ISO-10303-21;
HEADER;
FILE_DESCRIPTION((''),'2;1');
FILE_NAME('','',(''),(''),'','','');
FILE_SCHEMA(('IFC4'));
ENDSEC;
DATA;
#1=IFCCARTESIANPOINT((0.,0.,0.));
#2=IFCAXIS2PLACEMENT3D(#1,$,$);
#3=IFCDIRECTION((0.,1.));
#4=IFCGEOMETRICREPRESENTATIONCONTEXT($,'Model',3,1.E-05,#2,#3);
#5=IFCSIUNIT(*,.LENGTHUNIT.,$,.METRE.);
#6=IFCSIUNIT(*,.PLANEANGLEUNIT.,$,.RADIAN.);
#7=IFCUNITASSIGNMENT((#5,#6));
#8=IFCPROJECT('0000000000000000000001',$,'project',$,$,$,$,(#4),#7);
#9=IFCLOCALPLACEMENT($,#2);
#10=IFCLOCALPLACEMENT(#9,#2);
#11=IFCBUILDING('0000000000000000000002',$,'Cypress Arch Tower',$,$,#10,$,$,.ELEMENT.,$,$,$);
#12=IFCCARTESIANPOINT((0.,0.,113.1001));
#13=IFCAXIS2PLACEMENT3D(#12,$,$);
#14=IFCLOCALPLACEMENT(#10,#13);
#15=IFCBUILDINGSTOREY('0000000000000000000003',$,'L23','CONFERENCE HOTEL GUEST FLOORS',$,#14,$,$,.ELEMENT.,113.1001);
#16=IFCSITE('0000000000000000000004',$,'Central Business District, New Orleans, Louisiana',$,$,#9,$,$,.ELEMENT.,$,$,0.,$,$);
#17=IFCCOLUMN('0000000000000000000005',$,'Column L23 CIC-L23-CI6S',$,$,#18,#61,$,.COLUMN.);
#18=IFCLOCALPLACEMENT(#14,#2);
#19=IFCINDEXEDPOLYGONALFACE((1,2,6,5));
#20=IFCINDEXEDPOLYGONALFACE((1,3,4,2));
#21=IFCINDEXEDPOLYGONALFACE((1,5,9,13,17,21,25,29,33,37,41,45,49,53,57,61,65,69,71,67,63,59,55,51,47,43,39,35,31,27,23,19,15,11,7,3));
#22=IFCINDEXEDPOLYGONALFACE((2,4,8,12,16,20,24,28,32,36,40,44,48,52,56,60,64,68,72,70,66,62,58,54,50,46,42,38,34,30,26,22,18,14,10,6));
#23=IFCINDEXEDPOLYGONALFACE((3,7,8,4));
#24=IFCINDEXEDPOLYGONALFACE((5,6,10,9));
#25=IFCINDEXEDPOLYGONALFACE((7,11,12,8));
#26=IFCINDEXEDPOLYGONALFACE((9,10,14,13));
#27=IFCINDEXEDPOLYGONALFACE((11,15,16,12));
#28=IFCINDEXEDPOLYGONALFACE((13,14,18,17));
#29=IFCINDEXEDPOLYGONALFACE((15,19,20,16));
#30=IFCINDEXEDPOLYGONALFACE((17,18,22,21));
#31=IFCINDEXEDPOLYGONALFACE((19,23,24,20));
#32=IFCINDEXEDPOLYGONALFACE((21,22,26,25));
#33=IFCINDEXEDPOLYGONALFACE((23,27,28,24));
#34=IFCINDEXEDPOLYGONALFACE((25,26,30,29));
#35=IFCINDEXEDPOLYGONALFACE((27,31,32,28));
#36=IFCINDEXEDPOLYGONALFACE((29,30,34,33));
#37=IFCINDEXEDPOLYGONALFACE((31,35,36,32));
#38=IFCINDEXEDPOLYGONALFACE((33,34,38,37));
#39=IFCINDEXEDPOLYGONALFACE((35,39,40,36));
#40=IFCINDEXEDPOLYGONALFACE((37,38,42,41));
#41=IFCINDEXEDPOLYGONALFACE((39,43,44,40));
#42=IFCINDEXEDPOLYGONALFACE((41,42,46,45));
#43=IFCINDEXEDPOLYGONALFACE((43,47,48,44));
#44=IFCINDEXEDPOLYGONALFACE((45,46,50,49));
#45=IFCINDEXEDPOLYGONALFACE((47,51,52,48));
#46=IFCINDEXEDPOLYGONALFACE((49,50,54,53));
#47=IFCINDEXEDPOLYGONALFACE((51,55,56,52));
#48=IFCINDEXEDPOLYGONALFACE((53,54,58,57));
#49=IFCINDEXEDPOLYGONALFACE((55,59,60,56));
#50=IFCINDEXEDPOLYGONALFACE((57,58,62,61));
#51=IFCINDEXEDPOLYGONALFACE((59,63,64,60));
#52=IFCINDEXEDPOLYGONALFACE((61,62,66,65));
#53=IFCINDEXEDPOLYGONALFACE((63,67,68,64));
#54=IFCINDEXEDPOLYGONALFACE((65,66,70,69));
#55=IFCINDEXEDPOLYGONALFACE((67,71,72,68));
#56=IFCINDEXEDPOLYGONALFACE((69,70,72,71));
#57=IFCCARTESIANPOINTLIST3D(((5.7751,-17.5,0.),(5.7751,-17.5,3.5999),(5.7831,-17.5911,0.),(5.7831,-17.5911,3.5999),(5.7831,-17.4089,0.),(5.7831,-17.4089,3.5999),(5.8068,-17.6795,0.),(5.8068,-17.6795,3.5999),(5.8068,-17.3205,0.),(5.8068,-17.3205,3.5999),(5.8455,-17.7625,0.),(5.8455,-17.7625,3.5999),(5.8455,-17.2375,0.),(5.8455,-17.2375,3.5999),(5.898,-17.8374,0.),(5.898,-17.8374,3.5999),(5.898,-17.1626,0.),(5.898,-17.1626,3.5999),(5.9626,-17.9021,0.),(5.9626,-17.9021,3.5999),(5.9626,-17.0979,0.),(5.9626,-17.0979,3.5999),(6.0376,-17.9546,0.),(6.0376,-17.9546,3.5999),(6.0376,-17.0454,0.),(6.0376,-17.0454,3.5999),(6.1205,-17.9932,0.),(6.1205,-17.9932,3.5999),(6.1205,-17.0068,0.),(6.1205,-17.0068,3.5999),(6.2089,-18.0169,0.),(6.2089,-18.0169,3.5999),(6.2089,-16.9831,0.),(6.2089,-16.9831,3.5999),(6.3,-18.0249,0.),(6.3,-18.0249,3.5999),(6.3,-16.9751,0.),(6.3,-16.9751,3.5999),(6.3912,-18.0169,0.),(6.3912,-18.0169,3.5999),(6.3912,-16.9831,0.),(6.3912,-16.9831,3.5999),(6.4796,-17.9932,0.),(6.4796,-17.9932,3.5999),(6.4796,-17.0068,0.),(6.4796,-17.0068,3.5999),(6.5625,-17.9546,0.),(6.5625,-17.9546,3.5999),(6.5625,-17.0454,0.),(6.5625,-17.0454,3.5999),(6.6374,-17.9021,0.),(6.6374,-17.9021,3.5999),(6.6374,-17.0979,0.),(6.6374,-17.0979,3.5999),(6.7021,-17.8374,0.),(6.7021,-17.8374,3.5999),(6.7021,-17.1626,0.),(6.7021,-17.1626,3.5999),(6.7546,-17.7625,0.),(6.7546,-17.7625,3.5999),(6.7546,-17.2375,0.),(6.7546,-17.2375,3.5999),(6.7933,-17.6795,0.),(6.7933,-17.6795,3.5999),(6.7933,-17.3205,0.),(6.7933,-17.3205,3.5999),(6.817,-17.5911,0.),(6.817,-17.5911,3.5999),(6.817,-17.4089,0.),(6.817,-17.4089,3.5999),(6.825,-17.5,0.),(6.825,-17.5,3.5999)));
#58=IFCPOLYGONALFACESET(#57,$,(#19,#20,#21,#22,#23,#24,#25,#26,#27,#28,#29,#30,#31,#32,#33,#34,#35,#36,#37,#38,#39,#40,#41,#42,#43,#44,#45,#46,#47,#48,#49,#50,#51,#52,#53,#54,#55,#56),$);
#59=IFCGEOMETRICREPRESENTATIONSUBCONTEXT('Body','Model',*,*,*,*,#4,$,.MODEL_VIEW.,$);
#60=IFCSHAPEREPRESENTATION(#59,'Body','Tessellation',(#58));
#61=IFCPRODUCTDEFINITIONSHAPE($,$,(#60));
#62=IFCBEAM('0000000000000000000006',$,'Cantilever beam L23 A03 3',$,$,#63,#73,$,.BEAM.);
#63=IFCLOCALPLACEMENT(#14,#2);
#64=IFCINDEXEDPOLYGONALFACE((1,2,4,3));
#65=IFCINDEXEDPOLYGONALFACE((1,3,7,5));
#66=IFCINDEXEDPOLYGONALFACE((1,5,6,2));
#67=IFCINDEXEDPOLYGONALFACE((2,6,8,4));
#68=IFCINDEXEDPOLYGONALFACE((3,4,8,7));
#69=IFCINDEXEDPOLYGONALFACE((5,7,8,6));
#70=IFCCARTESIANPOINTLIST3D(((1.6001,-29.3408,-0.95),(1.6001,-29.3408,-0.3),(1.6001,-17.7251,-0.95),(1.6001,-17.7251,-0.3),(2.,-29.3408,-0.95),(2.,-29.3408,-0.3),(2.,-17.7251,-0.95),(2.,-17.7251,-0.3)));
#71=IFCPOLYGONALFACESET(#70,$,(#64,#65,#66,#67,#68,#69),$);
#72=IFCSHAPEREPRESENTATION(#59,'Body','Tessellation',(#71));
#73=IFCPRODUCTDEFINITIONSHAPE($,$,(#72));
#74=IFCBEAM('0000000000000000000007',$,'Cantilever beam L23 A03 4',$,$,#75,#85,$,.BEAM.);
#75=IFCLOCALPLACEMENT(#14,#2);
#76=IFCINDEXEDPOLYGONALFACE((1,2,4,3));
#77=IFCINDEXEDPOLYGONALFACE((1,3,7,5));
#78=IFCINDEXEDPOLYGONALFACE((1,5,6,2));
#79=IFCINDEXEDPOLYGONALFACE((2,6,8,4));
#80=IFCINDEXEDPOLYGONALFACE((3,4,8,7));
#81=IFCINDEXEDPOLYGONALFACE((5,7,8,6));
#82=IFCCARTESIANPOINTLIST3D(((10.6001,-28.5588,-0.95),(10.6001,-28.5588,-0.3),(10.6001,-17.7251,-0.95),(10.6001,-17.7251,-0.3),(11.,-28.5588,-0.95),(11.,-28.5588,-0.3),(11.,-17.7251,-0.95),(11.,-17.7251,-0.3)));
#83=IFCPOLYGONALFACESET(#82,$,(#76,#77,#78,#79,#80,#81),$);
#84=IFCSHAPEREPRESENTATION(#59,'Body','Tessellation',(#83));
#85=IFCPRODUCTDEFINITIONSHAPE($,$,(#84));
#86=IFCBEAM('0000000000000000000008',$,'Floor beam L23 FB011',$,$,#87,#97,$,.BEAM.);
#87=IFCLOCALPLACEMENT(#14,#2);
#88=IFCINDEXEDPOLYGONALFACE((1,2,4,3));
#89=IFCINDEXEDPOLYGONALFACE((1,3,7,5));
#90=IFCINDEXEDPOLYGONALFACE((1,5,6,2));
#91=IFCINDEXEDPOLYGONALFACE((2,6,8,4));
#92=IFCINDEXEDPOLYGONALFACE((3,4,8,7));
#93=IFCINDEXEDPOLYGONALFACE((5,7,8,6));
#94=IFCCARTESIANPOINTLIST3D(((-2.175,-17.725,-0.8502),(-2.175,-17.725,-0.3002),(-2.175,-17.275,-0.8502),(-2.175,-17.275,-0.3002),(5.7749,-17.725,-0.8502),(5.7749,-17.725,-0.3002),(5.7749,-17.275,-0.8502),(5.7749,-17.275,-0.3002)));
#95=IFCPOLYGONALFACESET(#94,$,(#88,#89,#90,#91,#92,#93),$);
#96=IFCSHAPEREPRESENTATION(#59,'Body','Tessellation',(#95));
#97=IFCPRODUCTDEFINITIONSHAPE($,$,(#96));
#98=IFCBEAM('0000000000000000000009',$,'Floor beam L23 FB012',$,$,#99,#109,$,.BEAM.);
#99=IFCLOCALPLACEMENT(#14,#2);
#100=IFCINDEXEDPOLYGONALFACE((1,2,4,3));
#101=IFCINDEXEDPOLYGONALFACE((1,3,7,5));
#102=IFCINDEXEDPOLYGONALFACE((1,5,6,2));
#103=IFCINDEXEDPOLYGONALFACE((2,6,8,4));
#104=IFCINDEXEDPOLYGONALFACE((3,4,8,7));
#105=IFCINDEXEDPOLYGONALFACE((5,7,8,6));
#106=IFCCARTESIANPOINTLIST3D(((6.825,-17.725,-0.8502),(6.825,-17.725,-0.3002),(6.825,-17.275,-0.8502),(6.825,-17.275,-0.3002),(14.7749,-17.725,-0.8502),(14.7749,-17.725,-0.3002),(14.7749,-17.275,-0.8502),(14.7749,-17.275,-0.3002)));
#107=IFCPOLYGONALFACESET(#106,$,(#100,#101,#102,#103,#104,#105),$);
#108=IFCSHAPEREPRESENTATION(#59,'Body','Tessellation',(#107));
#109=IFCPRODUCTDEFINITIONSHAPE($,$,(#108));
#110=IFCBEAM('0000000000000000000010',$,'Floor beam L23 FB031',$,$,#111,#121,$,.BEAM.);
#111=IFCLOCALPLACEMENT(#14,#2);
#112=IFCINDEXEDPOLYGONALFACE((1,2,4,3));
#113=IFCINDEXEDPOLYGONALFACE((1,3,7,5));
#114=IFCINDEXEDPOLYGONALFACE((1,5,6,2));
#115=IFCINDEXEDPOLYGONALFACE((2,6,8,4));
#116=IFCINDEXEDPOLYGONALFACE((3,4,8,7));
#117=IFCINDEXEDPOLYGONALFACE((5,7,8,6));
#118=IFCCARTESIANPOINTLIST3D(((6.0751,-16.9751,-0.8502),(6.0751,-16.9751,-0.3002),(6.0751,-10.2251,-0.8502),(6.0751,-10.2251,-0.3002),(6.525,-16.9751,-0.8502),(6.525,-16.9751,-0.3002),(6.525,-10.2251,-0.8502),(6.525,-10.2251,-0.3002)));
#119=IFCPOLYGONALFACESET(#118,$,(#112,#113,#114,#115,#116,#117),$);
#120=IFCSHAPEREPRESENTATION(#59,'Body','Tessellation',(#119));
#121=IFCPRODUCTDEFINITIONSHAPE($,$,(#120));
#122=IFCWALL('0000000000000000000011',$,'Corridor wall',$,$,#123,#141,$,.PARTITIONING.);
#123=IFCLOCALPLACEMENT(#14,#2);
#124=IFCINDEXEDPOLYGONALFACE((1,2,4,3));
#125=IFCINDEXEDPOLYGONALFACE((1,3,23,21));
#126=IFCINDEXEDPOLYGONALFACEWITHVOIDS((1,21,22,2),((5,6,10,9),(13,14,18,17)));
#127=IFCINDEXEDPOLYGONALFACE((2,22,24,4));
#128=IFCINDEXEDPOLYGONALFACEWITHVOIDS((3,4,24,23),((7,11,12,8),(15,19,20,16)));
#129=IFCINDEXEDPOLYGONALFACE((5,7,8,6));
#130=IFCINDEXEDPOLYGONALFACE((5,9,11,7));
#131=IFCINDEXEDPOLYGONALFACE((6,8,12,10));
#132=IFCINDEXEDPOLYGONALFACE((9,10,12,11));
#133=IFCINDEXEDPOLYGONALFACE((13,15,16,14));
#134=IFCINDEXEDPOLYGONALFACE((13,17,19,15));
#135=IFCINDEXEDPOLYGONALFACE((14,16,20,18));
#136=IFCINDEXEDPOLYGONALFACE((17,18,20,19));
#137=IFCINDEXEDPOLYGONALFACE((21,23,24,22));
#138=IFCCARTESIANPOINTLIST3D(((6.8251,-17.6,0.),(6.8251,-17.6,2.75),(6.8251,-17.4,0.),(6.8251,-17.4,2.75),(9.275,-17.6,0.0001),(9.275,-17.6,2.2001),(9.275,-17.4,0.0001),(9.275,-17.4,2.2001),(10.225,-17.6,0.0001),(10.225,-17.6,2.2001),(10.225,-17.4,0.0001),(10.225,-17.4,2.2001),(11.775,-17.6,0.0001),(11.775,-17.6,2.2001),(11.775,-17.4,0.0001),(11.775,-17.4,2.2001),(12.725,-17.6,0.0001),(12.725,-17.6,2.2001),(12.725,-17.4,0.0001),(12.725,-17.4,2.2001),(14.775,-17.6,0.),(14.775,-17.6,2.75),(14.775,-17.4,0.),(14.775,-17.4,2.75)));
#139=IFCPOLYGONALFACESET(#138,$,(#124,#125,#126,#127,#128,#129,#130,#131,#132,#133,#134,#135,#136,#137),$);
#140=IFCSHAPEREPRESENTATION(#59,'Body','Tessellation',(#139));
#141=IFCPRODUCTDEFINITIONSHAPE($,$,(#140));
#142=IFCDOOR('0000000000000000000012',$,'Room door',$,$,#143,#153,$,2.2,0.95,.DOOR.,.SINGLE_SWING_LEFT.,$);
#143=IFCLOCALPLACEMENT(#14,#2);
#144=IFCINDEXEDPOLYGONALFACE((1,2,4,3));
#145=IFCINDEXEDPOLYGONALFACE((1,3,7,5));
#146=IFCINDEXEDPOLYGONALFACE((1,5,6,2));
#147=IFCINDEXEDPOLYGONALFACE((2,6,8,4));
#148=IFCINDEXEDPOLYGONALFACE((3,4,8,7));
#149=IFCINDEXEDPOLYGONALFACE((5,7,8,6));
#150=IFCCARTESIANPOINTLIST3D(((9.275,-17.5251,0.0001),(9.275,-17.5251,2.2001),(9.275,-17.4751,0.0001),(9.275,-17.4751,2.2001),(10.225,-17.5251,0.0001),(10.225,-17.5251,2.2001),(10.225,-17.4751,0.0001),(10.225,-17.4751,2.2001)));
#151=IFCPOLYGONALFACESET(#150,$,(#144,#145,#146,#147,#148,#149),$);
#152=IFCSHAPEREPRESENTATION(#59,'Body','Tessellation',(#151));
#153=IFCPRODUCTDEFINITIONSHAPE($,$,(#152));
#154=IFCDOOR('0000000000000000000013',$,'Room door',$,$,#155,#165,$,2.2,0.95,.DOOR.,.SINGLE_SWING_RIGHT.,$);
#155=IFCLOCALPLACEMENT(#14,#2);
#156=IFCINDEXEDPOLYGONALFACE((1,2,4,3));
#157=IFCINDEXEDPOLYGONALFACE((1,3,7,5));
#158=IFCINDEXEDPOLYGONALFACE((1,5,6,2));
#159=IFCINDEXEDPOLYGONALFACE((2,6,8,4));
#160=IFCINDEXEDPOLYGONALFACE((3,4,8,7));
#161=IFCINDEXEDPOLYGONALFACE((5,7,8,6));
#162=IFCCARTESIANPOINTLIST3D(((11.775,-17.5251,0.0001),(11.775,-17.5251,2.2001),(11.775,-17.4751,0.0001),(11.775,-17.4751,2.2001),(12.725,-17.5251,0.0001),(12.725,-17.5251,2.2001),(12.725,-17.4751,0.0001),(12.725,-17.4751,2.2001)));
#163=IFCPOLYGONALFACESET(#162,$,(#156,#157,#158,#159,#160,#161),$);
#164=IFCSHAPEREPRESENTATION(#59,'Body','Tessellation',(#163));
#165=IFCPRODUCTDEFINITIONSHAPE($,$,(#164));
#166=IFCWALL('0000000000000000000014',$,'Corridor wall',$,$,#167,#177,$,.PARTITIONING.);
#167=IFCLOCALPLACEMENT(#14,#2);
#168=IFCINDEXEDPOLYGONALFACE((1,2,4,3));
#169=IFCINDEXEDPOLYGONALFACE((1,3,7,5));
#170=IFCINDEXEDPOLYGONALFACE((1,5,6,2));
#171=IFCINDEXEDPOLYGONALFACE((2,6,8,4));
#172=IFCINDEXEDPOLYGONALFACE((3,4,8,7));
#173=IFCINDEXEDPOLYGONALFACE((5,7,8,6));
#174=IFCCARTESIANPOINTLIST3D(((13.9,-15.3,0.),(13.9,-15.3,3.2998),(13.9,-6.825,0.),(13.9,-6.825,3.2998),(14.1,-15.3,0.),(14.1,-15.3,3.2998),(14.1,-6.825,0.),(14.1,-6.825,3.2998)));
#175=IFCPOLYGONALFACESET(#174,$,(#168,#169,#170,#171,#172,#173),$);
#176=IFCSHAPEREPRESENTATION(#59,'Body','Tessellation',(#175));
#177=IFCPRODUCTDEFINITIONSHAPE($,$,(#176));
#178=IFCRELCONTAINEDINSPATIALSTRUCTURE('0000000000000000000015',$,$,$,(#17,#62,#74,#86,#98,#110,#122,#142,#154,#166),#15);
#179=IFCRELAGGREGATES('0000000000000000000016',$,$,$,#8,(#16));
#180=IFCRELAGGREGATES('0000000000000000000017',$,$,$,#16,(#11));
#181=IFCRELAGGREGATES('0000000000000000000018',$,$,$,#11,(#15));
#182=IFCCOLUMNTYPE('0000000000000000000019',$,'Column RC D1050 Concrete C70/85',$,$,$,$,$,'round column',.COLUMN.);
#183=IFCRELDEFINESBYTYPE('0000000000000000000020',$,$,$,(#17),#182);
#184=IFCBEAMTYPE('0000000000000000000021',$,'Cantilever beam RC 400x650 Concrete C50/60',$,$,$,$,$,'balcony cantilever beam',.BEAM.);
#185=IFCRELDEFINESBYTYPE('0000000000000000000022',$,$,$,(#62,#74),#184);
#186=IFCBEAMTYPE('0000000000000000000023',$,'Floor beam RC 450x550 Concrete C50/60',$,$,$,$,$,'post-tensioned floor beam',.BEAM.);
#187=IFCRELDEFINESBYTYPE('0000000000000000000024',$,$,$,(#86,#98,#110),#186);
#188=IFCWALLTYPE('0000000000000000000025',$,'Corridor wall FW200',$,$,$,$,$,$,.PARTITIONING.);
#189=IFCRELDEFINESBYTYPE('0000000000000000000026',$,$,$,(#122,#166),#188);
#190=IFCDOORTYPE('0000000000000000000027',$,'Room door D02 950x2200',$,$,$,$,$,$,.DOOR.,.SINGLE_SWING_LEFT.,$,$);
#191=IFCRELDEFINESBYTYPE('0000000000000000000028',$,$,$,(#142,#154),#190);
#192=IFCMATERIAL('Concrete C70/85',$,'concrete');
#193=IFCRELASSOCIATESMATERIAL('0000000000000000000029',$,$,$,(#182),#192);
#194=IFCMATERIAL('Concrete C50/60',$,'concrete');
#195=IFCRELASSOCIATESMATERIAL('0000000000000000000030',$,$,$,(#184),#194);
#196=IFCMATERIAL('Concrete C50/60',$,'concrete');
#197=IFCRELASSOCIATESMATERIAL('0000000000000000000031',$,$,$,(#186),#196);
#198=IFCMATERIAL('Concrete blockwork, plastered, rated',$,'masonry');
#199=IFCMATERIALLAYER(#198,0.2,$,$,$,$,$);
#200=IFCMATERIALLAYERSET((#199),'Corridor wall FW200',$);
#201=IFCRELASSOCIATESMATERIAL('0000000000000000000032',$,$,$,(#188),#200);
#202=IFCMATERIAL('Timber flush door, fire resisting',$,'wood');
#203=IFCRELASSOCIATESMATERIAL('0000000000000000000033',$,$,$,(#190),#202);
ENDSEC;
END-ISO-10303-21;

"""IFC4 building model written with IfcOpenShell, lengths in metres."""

from ifc_helpers import new_model, si_unit, direction, frame, frame_2d, origin, origin_2d, place, context, subcontext, project, spatial, rectangle, circle, extrude, material, layer, layer_set, material_profile, profile_set, type_object, element, fill, save


model = new_model("IFC4")

# Units and contexts
model_context = context("Model", 3, precision=1e-05, world=origin(), true_north=direction((0.0, 1.0)))
body_context = subcontext(model_context, "Body", "Model", "MODEL_VIEW")
ifc_project = project(units=[si_unit("LENGTHUNIT", "METRE"), si_unit("PLANEANGLEUNIT", "RADIAN")], contexts=[model_context])

# Site, building, storey
site_placement = place(None, origin())
site = spatial("IfcSite", under=ifc_project, at=site_placement, Name="Central Business District, New Orleans, Louisiana", CompositionType="ELEMENT", RefElevation=0.0)
building_placement = place(site_placement, origin())
building = spatial("IfcBuilding", under=site, at=building_placement, Name="Cypress Arch Tower", CompositionType="ELEMENT")
storey_placement = place(building_placement, frame((0.0, 0.0, 113.1001)))
storey = spatial("IfcBuildingStorey", under=building, at=storey_placement, Name="L23", Description="CONFERENCE HOTEL GUEST FLOORS", CompositionType="ELEMENT", Elevation=113.1001)

# Column
ifc_material_1 = material(Name="Concrete C70/85", Category="concrete")
ifc_material_profile_1 = material_profile(ifc_material_1, circle(Radius=0.5249, at=origin_2d()), Name="RC D1050")
ifc_profile_set_1 = profile_set([ifc_material_profile_1], Name="Concrete C70/85")
column_type = type_object("IfcColumnType", Name="Column RC D1050 Concrete C70/85", ElementType="round column", PredefinedType="COLUMN", material=ifc_profile_set_1)
column_placement = place(storey_placement, frame((6.3, -17.5, 0.0), z_axis=(0.0, 0.0, 1.0), x_axis=(1.0, 0.0, 0.0)))
element("IfcColumn", 1, at=column_placement, inside=storey, type_object=column_type, Name="Column L23 CIC-L23-CI6S", PredefinedType="COLUMN", context=body_context, shape_type="SweptSolid", body=[
    extrude(circle(Radius=0.5249, at=origin_2d()), origin(), (0.0, 0.0, 1.0), 3.5999),
])

# Beams
ifc_material_2 = material(Name="Concrete C50/60", Category="concrete")
ifc_material_profile_2 = material_profile(ifc_material_2, rectangle(XDim=0.3999, YDim=0.6499, at=origin_2d()), Name="RC 400x650")
ifc_profile_set_2 = profile_set([ifc_material_profile_2], Name="Concrete C50/60")
beam_type_1 = type_object("IfcBeamType", Name="Cantilever beam RC 400x650 Concrete C50/60", ElementType="balcony cantilever beam", PredefinedType="BEAM", material=ifc_profile_set_2)
beam_1_placement = place(storey_placement, frame((1.8, -17.7251, -0.625), z_axis=(0.0, -1.0, 0.0), x_axis=(1.0, 0.0, 0.0)))
element("IfcBeam", 2, at=beam_1_placement, inside=storey, type_object=beam_type_1, Name="Cantilever beam L23 A03 3", PredefinedType="BEAM", context=body_context, shape_type="SweptSolid", body=[
    extrude(rectangle(XDim=0.3999, YDim=0.6499, at=origin_2d()), origin(), (0.0, 0.0, 1.0), 11.6157),
])
beam_2_placement = place(storey_placement, frame((10.8, -17.7251, -0.625), z_axis=(0.0, -1.0, 0.0), x_axis=(1.0, 0.0, 0.0)))
element("IfcBeam", 3, at=beam_2_placement, inside=storey, type_object=beam_type_1, Name="Cantilever beam L23 A03 4", PredefinedType="BEAM", context=body_context, shape_type="SweptSolid", body=[
    extrude(rectangle(XDim=0.3999, YDim=0.6499, at=origin_2d()), origin(), (0.0, 0.0, 1.0), 10.8337),
])
ifc_material_3 = material(Name="Concrete C50/60", Category="concrete")
ifc_material_profile_3 = material_profile(ifc_material_3, rectangle(XDim=0.45, YDim=0.55, at=origin_2d()), Name="RC 450x550")
ifc_profile_set_3 = profile_set([ifc_material_profile_3], Name="Concrete C50/60")
beam_type_2 = type_object("IfcBeamType", Name="Floor beam RC 450x550 Concrete C50/60", ElementType="post-tensioned floor beam", PredefinedType="BEAM", material=ifc_profile_set_3)
for number, where, z_axis, x_axis, name in (
    (4, (-2.175, -17.5, -0.5752), (1.0, 0.0, 0.0), (0.0, 1.0, 0.0), "Floor beam L23 FB011"),
    (5, (6.825, -17.5, -0.5752), (1.0, 0.0, 0.0), (0.0, 1.0, 0.0), "Floor beam L23 FB012"),
):
    element("IfcBeam", number, at=place(storey_placement, frame(where, z_axis=z_axis, x_axis=x_axis)), inside=storey, type_object=beam_type_2, Name=name, PredefinedType="BEAM", context=body_context, shape_type="SweptSolid", body=[
        extrude(rectangle(XDim=0.45, YDim=0.55, at=origin_2d()), origin(), (0.0, 0.0, 1.0), 7.95),
    ])
beam_3_placement = place(storey_placement, frame((6.3, -16.9751, -0.5752), z_axis=(0.0, 1.0, 0.0), x_axis=(-1.0, 0.0, 0.0)))
element("IfcBeam", 6, at=beam_3_placement, inside=storey, type_object=beam_type_2, Name="Floor beam L23 FB031", PredefinedType="BEAM", context=body_context, shape_type="SweptSolid", body=[
    extrude(rectangle(XDim=0.45, YDim=0.55, at=origin_2d()), origin(), (0.0, 0.0, 1.0), 6.75),
])

# Shared definitions
ifc_material_4 = material(Name="Concrete blockwork, plastered, rated", Category="masonry")
ifc_layer_1 = layer(ifc_material_4, 0.2)
ifc_layer_set_1 = layer_set([ifc_layer_1], Name="Corridor wall FW200")
wall_type_1 = type_object("IfcWallType", Name="Corridor wall FW200", PredefinedType="PARTITIONING", material=ifc_layer_set_1)

# Wall, openings, doors
wall_1_placement = place(storey_placement, frame((6.825, -17.5, 0.0), z_axis=(0.0, 0.0, 1.0), x_axis=(1.0, 0.0, 0.0)))
wall_1 = element("IfcWall", 7, at=wall_1_placement, inside=storey, type_object=wall_type_1, Name="Corridor wall", PredefinedType="PARTITIONING", context=body_context, shape_type="SweptSolid", body=[
    extrude(rectangle(XDim=7.95, YDim=0.2, at=frame_2d((3.9751, 0.0))), origin(), (0.0, 0.0, 1.0), 2.75),
])
opening_1_placement = place(wall_1_placement, frame((2.45, 0.0, 0.0)))
opening_1 = element("IfcOpeningElement", 8, at=opening_1_placement, cuts=wall_1, PredefinedType="OPENING", context=body_context, shape_type="SweptSolid", body=[
    extrude(rectangle(XDim=0.95, YDim=2.2, at=frame_2d((0.4751, 1.1001))), frame((0.0, 0.1099, 0.0), z_axis=(0.0, -1.0, 0.0), x_axis=(1.0, 0.0, 0.0)), (0.0, 0.0, 1.0), 0.22),
])
opening_2_placement = place(wall_1_placement, frame((4.95, 0.0, 0.0)))
opening_2 = element("IfcOpeningElement", 9, at=opening_2_placement, cuts=wall_1, PredefinedType="OPENING", context=body_context, shape_type="SweptSolid", body=[
    extrude(rectangle(XDim=0.95, YDim=2.2, at=frame_2d((0.4751, 1.1001))), frame((0.0, 0.1099, 0.0), z_axis=(0.0, -1.0, 0.0), x_axis=(1.0, 0.0, 0.0)), (0.0, 0.0, 1.0), 0.22),
])
ifc_material_5 = material(Name="Timber flush door, fire resisting", Category="wood")
door_type_1 = type_object("IfcDoorType", Name="Room door D02 950x2200", OperationType="SINGLE_SWING_LEFT", PredefinedType="DOOR", material=ifc_material_5)
door_1_placement = place(opening_1_placement, origin())
door_1 = element("IfcDoor", 10, at=door_1_placement, inside=storey, type_object=door_type_1, Name="Room door", OperationType="SINGLE_SWING_LEFT", OverallHeight=2.2, OverallWidth=0.95, PredefinedType="DOOR", context=body_context, shape_type="SweptSolid", body=[
    extrude(rectangle(XDim=0.95, YDim=2.2, at=frame_2d((0.4751, 1.1001))), frame((0.0, 0.0249, 0.0), z_axis=(0.0, -1.0, 0.0), x_axis=(1.0, 0.0, 0.0)), (0.0, 0.0, 1.0), 0.05),
])
fill(opening_1, door_1)
door_2_placement = place(opening_2_placement, origin())
door_2 = element("IfcDoor", 11, at=door_2_placement, inside=storey, type_object=door_type_1, Name="Room door", OperationType="SINGLE_SWING_RIGHT", OverallHeight=2.2, OverallWidth=0.95, PredefinedType="DOOR", context=body_context, shape_type="SweptSolid", body=[
    extrude(rectangle(XDim=0.95, YDim=2.2, at=frame_2d((0.4751, 1.1001))), frame((0.0, 0.0249, 0.0), z_axis=(0.0, -1.0, 0.0), x_axis=(1.0, 0.0, 0.0)), (0.0, 0.0, 1.0), 0.05),
])
fill(opening_2, door_2)

# Wall
wall_2_placement = place(storey_placement, frame((14.0, -15.3, 0.0), z_axis=(0.0, 0.0, 1.0), x_axis=(0.0, 1.0, 0.0)))
element("IfcWall", 12, at=wall_2_placement, inside=storey, type_object=wall_type_1, Name="Corridor wall", PredefinedType="PARTITIONING", context=body_context, shape_type="SweptSolid", body=[
    extrude(rectangle(XDim=8.4751, YDim=0.2, at=frame_2d((4.2375, 0.0))), origin(), (0.0, 0.0, 1.0), 3.2998),
])

save(model, "model.ifc")
